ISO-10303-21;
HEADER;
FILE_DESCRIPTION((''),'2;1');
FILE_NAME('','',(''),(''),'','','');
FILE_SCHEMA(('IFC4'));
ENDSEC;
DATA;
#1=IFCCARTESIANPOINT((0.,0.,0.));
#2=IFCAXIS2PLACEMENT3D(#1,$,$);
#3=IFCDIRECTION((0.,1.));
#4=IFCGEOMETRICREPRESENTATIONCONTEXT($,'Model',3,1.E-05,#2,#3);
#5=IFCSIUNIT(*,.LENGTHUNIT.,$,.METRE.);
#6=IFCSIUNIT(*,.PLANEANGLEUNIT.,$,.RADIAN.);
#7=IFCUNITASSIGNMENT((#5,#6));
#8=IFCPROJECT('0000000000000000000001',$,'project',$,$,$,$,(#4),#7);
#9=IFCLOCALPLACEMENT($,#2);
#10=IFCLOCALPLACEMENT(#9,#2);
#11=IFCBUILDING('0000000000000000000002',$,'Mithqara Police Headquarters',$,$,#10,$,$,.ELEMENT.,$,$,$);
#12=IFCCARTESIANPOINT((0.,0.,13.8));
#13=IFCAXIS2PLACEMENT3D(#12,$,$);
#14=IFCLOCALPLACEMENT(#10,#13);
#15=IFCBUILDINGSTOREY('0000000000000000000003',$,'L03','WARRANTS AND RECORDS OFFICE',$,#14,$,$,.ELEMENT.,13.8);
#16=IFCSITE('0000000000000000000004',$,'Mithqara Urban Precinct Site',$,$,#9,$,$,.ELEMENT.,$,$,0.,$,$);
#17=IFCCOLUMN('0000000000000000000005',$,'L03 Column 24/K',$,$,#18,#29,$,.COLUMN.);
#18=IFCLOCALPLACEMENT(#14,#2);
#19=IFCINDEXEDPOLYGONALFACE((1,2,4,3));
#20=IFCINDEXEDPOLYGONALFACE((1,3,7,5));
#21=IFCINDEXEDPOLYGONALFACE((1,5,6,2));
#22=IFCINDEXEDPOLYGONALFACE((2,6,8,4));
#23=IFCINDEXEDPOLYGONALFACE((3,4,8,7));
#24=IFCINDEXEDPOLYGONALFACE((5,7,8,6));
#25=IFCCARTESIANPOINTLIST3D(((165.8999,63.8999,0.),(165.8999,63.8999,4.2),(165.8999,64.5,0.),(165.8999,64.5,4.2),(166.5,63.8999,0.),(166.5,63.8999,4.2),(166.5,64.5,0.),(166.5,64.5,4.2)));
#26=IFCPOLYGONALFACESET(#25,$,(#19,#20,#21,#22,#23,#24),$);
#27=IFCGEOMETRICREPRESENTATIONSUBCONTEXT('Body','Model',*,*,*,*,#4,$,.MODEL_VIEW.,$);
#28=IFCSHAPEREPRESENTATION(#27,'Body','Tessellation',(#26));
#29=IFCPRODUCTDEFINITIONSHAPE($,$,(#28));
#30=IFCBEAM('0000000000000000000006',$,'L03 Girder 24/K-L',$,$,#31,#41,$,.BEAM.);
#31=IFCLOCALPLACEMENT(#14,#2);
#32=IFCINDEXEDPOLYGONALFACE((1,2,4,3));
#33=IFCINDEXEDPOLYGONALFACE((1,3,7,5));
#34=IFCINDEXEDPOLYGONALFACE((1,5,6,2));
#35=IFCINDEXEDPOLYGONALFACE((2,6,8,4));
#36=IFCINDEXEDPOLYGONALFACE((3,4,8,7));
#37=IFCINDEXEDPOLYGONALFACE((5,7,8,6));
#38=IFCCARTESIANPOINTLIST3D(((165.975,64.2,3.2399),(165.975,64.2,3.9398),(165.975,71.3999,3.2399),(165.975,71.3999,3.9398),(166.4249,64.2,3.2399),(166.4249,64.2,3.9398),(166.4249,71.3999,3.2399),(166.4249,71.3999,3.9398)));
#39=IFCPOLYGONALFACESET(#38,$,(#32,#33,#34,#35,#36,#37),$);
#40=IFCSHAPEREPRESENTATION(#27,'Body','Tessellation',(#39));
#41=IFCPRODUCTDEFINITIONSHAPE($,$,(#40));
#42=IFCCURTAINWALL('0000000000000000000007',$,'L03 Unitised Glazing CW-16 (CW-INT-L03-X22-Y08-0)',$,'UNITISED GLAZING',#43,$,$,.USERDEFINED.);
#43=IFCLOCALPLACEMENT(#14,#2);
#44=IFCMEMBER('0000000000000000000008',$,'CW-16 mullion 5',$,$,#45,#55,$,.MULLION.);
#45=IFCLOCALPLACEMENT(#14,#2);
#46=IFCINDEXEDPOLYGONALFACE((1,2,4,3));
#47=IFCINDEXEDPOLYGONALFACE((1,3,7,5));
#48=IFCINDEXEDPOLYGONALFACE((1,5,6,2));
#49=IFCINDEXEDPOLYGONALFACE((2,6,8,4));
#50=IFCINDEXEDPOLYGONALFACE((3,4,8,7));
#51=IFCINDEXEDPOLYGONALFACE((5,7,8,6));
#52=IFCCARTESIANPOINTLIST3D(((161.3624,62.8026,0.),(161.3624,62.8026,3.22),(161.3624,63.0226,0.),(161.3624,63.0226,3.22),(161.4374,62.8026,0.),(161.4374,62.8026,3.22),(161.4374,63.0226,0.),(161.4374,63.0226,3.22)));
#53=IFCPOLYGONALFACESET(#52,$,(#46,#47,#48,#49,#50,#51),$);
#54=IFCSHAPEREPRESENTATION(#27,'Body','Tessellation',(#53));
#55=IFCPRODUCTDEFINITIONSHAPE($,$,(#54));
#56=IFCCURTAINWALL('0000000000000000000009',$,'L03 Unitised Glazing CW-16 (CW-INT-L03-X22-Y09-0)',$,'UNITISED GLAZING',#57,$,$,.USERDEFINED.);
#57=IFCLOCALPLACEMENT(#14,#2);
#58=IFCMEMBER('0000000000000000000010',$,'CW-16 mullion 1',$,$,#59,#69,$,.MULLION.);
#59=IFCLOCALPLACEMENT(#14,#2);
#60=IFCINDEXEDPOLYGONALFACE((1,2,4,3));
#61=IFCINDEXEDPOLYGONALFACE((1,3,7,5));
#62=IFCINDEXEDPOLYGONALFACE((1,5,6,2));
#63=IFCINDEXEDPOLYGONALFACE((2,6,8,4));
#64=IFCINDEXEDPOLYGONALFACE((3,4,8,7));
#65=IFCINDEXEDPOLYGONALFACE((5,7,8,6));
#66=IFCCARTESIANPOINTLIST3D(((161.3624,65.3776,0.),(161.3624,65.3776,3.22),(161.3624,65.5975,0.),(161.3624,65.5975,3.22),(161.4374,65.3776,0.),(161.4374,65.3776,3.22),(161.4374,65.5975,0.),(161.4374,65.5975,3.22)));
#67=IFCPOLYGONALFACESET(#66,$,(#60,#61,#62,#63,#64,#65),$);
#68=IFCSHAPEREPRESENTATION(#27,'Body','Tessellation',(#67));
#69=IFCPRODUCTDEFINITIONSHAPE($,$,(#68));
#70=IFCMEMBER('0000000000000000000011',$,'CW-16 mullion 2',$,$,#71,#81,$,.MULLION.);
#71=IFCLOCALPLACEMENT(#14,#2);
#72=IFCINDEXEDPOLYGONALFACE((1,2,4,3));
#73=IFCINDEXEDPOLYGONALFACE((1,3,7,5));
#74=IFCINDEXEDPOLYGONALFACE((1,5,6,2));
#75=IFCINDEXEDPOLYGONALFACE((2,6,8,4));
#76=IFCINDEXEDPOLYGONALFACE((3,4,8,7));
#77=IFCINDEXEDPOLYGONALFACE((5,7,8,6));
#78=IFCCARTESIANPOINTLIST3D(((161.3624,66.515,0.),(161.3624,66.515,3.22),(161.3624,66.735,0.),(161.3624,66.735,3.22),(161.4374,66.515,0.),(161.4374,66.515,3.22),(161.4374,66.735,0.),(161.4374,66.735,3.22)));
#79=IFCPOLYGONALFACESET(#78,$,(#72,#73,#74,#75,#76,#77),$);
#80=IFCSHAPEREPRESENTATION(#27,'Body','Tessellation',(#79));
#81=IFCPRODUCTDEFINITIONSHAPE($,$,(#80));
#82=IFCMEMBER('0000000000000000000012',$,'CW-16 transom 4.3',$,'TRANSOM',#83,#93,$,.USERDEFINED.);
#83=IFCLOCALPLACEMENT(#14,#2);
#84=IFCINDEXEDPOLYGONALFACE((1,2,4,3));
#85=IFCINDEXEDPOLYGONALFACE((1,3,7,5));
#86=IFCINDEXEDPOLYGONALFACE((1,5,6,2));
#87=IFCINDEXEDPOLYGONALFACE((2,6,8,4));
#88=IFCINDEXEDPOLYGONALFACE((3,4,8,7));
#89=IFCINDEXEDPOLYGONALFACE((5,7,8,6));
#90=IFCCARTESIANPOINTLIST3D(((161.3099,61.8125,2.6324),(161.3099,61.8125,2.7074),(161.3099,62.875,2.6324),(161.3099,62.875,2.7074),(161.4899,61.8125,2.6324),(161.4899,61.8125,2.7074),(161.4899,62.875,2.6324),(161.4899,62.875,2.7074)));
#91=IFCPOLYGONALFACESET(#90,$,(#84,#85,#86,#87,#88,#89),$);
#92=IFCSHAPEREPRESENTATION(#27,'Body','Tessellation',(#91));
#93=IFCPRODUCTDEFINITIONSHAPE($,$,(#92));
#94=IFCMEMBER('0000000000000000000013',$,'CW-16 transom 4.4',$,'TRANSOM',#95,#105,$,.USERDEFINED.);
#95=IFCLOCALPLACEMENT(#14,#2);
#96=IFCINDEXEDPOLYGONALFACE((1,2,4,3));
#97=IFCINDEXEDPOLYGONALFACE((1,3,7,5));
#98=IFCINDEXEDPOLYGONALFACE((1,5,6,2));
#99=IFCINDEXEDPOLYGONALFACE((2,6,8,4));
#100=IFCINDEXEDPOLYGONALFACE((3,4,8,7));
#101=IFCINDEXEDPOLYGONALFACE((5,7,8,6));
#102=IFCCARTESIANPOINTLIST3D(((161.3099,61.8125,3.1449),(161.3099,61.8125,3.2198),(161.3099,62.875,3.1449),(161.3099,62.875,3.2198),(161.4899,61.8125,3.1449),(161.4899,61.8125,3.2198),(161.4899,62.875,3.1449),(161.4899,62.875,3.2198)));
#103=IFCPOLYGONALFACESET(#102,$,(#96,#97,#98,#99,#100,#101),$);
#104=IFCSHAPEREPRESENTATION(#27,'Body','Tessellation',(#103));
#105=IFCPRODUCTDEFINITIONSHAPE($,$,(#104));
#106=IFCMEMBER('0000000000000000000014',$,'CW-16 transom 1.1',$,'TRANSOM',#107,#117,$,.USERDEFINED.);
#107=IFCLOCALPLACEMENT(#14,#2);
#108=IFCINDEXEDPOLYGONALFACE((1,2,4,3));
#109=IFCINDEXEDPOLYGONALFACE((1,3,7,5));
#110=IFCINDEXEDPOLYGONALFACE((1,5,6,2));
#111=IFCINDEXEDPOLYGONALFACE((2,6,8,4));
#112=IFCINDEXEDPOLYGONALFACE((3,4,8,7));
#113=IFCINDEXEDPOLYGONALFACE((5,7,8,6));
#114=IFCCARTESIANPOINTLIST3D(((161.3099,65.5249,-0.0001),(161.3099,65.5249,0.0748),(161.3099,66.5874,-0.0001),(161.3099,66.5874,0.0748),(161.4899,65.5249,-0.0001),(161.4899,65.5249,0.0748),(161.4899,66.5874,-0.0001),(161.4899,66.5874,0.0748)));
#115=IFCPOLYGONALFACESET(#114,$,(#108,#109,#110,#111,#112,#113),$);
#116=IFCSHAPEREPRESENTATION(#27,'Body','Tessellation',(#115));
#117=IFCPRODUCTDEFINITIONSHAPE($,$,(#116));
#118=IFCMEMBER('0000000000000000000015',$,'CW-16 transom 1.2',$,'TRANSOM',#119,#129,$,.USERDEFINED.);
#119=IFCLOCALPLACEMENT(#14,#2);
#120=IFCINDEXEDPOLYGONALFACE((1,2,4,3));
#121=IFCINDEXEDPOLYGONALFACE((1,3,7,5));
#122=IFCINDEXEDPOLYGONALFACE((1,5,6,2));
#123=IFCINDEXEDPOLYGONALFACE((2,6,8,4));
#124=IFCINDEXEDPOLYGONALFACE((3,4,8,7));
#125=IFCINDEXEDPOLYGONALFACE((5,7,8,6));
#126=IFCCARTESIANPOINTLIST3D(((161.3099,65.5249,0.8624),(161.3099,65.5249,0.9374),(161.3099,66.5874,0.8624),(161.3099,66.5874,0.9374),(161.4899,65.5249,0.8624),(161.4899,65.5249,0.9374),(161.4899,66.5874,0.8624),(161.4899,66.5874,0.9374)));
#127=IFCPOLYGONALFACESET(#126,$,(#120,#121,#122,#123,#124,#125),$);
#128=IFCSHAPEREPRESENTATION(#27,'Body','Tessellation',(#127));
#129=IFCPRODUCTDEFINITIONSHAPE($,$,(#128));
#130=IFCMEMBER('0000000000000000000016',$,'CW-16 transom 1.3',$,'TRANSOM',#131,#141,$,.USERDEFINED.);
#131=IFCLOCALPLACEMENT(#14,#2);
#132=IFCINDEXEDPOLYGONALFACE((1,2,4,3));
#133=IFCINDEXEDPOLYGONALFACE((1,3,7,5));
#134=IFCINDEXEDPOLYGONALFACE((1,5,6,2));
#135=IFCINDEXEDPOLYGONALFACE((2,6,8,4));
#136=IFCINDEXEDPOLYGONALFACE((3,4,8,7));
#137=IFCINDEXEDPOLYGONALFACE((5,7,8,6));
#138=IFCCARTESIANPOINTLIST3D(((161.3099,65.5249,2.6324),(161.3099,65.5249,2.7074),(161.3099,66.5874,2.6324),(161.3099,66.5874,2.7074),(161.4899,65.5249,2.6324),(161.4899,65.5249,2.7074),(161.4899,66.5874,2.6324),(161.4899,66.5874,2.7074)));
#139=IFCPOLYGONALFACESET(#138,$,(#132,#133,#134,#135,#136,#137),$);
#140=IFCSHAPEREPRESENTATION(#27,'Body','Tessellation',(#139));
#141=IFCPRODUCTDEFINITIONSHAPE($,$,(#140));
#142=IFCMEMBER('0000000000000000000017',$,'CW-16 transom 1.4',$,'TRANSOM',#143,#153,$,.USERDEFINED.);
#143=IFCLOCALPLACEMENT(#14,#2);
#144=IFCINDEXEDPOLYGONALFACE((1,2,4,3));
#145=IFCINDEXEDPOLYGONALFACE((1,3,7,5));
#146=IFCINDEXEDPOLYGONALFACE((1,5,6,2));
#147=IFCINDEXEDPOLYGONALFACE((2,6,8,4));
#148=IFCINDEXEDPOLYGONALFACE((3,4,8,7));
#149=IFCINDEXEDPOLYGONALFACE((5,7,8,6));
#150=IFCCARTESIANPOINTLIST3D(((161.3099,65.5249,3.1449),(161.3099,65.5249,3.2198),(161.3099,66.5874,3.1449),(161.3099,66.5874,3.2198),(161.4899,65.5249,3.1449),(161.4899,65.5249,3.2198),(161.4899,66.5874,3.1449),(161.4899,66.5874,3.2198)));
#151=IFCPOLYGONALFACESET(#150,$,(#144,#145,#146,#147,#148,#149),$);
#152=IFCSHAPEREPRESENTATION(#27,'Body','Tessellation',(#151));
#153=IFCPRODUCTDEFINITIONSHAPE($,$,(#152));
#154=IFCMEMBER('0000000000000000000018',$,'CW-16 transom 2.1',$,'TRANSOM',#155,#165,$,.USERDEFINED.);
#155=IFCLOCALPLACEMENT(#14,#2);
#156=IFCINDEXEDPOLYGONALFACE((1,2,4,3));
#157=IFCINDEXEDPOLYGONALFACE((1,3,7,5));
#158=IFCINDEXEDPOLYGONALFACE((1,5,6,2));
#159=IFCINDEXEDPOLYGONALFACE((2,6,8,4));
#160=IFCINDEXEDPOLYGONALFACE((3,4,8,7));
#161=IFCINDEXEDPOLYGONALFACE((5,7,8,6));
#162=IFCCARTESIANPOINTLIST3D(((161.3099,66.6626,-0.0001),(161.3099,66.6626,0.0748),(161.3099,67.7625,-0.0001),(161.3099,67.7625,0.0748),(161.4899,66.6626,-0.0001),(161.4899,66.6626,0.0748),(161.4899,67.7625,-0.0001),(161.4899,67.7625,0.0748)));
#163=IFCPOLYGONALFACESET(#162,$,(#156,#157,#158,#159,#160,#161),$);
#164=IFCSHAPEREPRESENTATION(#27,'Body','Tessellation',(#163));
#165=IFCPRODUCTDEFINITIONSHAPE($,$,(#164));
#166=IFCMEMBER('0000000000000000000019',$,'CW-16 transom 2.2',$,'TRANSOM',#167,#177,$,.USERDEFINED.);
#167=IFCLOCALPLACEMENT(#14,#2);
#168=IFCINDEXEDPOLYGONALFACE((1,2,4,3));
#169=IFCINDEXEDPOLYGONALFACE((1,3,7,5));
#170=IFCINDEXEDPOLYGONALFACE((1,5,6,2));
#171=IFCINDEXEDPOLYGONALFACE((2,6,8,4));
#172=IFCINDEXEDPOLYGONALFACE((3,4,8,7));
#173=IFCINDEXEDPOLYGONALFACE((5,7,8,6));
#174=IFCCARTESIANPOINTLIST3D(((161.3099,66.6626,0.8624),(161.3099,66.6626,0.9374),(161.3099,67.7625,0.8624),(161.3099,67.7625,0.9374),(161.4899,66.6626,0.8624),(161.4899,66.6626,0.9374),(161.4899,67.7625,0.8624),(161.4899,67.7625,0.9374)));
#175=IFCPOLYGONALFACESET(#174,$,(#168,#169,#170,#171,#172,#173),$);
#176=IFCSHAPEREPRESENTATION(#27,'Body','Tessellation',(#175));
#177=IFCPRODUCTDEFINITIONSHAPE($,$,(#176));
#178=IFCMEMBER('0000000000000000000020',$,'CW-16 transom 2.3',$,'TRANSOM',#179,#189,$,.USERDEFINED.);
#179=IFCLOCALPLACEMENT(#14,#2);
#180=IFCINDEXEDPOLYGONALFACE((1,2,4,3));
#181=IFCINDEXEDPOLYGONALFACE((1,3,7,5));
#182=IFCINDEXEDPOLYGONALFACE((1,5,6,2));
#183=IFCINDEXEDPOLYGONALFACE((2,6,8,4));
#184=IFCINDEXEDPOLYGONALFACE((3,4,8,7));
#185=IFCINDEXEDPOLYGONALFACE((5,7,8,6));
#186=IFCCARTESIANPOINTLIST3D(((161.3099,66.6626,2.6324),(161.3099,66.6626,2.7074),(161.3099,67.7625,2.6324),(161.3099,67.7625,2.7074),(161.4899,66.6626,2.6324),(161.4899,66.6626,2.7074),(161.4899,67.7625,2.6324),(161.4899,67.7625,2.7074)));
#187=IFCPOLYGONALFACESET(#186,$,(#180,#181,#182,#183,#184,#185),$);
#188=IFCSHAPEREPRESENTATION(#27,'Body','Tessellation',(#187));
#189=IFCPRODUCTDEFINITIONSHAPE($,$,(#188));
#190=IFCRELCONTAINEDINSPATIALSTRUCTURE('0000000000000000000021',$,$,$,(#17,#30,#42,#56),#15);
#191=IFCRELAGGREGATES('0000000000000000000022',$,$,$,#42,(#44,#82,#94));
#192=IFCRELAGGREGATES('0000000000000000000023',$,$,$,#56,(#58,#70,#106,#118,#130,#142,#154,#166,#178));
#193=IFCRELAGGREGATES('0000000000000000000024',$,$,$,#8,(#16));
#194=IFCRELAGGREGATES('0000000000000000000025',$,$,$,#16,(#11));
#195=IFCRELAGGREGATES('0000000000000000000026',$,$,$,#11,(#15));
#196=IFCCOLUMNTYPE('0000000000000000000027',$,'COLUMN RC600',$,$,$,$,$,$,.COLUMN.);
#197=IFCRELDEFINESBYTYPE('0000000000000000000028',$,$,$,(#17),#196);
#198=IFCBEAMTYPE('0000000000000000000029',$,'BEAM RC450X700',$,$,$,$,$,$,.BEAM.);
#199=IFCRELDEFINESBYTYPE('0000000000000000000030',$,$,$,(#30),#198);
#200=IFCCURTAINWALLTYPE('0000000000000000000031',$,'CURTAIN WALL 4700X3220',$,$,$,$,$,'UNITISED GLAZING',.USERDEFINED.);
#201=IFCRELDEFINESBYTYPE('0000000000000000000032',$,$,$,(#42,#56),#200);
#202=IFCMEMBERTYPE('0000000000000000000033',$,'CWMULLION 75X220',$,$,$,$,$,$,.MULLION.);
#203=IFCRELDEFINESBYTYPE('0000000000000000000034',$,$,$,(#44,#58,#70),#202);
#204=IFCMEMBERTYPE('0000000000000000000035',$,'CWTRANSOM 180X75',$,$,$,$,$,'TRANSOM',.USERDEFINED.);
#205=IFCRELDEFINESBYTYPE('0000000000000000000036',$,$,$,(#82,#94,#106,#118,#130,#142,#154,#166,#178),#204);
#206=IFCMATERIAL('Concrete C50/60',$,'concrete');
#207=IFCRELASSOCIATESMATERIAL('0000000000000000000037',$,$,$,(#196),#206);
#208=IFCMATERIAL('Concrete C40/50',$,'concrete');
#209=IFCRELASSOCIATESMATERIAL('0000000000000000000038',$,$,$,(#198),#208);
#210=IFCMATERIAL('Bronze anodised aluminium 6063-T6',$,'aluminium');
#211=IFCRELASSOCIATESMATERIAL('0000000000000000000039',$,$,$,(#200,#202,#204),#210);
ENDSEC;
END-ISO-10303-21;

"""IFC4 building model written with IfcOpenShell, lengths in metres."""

from ifc_helpers import new_model, si_unit, direction, frame, origin, origin_2d, place, context, subcontext, project, spatial, rectangle, extrude, material, material_profile, profile_set, type_object, element, aggregate, save


model = new_model("IFC4")

# Units and contexts
model_context = context("Model", 3, precision=1e-05, world=origin(), true_north=direction((0.0, 1.0)))
body_context = subcontext(model_context, "Body", "Model", "MODEL_VIEW")
ifc_project = project(units=[si_unit("LENGTHUNIT", "METRE"), si_unit("PLANEANGLEUNIT", "RADIAN")], contexts=[model_context])

# Site, building, storey
site_placement = place(None, origin())
site = spatial("IfcSite", under=ifc_project, at=site_placement, Name="Mithqara Urban Precinct Site", CompositionType="ELEMENT", RefElevation=0.0)
building_placement = place(site_placement, origin())
building = spatial("IfcBuilding", under=site, at=building_placement, Name="Mithqara Police Headquarters", CompositionType="ELEMENT")
storey_placement = place(building_placement, frame((0.0, 0.0, 13.8)))
storey = spatial("IfcBuildingStorey", under=building, at=storey_placement, Name="L03", Description="WARRANTS AND RECORDS OFFICE", CompositionType="ELEMENT", Elevation=13.8)

# Column
ifc_material_1 = material(Name="Concrete C50/60", Category="concrete")
ifc_material_profile_1 = material_profile(ifc_material_1, rectangle(XDim=0.6001, YDim=0.6001, at=origin_2d()), Name="RC 600x600")
ifc_profile_set_1 = profile_set([ifc_material_profile_1], Name="Concrete C50/60")
column_type = type_object("IfcColumnType", Name="COLUMN RC600", PredefinedType="COLUMN", material=ifc_profile_set_1)
column_placement = place(storey_placement, frame((166.2, 64.2, 0.0), z_axis=(0.0, 0.0, 1.0), x_axis=(1.0, 0.0, 0.0)))
element("IfcColumn", 1, at=column_placement, inside=storey, type_object=column_type, Name="L03 Column 24/K", PredefinedType="COLUMN", context=body_context, shape_type="SweptSolid", body=[
    extrude(rectangle(XDim=0.6001, YDim=0.6001, at=origin_2d()), origin(), (0.0, 0.0, 1.0), 4.2),
])

# Beam
ifc_material_2 = material(Name="Concrete C40/50", Category="concrete")
ifc_material_profile_2 = material_profile(ifc_material_2, rectangle(XDim=0.45, YDim=0.7, at=origin_2d()), Name="RC 450x700")
ifc_profile_set_2 = profile_set([ifc_material_profile_2], Name="Concrete C40/50")
beam_type = type_object("IfcBeamType", Name="BEAM RC450X700", PredefinedType="BEAM", material=ifc_profile_set_2)
beam_placement = place(storey_placement, frame((166.2, 64.2, 3.5898), z_axis=(0.0, 1.0, 0.0), x_axis=(-1.0, 0.0, 0.0)))
element("IfcBeam", 2, at=beam_placement, inside=storey, type_object=beam_type, Name="L03 Girder 24/K-L", PredefinedType="BEAM", context=body_context, shape_type="SweptSolid", body=[
    extrude(rectangle(XDim=0.45, YDim=0.7, at=origin_2d()), origin(), (0.0, 0.0, 1.0), 7.2),
])

# Curtain wall, member
ifc_material_3 = material(Name="Bronze anodised aluminium 6063-T6", Category="aluminium")
curtain_wall_type = type_object("IfcCurtainWallType", Name="CURTAIN WALL 4700X3220", ElementType="UNITISED GLAZING", PredefinedType="USERDEFINED", material=ifc_material_3)
curtain_wall_1_placement = place(storey_placement, origin())
curtain_wall_1 = element("IfcCurtainWall", 3, at=curtain_wall_1_placement, inside=storey, type_object=curtain_wall_type, Name="L03 Unitised Glazing CW-16 (CW-INT-L03-X22-Y08-0)", ObjectType="UNITISED GLAZING", PredefinedType="USERDEFINED")
ifc_material_profile_3 = material_profile(ifc_material_3, rectangle(XDim=0.075, YDim=0.22, at=origin_2d()), Name="CWM 75x220")
ifc_profile_set_3 = profile_set([ifc_material_profile_3], Name="Bronze anodised aluminium 6063-T6")
member_type_1 = type_object("IfcMemberType", Name="CWMULLION 75X220", PredefinedType="MULLION", material=ifc_profile_set_3)
member_1_placement = place(storey_placement, frame((161.3999, 62.9126, 0.0), z_axis=(0.0, 0.0, 1.0), x_axis=(-1.0, 0.0, 0.0)))
member_1 = element("IfcMember", 4, at=member_1_placement, type_object=member_type_1, Name="CW-16 mullion 5", PredefinedType="MULLION", context=body_context, shape_type="SweptSolid", body=[
    extrude(rectangle(XDim=0.075, YDim=0.22, at=origin_2d()), origin(), (0.0, 0.0, 1.0), 3.22),
])

# Curtain wall, members
curtain_wall_2_placement = place(storey_placement, origin())
curtain_wall_2 = element("IfcCurtainWall", 5, at=curtain_wall_2_placement, inside=storey, type_object=curtain_wall_type, Name="L03 Unitised Glazing CW-16 (CW-INT-L03-X22-Y09-0)", ObjectType="UNITISED GLAZING", PredefinedType="USERDEFINED")
member_2_placement = place(storey_placement, frame((161.3999, 65.4875, 0.0), z_axis=(0.0, 0.0, 1.0), x_axis=(-1.0, 0.0, 0.0)))
member_2 = element("IfcMember", 6, at=member_2_placement, type_object=member_type_1, Name="CW-16 mullion 1", PredefinedType="MULLION", context=body_context, shape_type="SweptSolid", body=[
    extrude(rectangle(XDim=0.075, YDim=0.22, at=origin_2d()), origin(), (0.0, 0.0, 1.0), 3.22),
])
member_3_placement = place(storey_placement, frame((161.3999, 66.625, 0.0), z_axis=(0.0, 0.0, 1.0), x_axis=(-1.0, 0.0, 0.0)))
member_3 = element("IfcMember", 7, at=member_3_placement, type_object=member_type_1, Name="CW-16 mullion 2", PredefinedType="MULLION", context=body_context, shape_type="SweptSolid", body=[
    extrude(rectangle(XDim=0.075, YDim=0.22, at=origin_2d()), origin(), (0.0, 0.0, 1.0), 3.22),
])

# Members
ifc_material_profile_4 = material_profile(ifc_material_3, rectangle(XDim=0.1799, YDim=0.075, at=origin_2d()), Name="CWT 180x75")
ifc_profile_set_4 = profile_set([ifc_material_profile_4], Name="Bronze anodised aluminium 6063-T6")
member_type_2 = type_object("IfcMemberType", Name="CWTRANSOM 180X75", ElementType="TRANSOM", PredefinedType="USERDEFINED", material=ifc_profile_set_4)
member_4_placement = place(storey_placement, frame((161.3999, 61.8125, 2.6699), z_axis=(0.0, 1.0, 0.0), x_axis=(-1.0, 0.0, 0.0)))
member_4 = element("IfcMember", 8, at=member_4_placement, type_object=member_type_2, Name="CW-16 transom 4.3", ObjectType="TRANSOM", PredefinedType="USERDEFINED", context=body_context, shape_type="SweptSolid", body=[
    extrude(rectangle(XDim=0.1799, YDim=0.075, at=origin_2d()), origin(), (0.0, 0.0, 1.0), 1.0625),
])
member_5_placement = place(storey_placement, frame((161.3999, 61.8125, 3.1824), z_axis=(0.0, 1.0, 0.0), x_axis=(-1.0, 0.0, 0.0)))
member_5 = element("IfcMember", 9, at=member_5_placement, type_object=member_type_2, Name="CW-16 transom 4.4", ObjectType="TRANSOM", PredefinedType="USERDEFINED", context=body_context, shape_type="SweptSolid", body=[
    extrude(rectangle(XDim=0.1799, YDim=0.075, at=origin_2d()), origin(), (0.0, 0.0, 1.0), 1.0625),
])
member_6_placement = place(storey_placement, frame((161.3999, 65.5249, 0.0374), z_axis=(0.0, 1.0, 0.0), x_axis=(-1.0, 0.0, 0.0)))
member_6 = element("IfcMember", 10, at=member_6_placement, type_object=member_type_2, Name="CW-16 transom 1.1", ObjectType="TRANSOM", PredefinedType="USERDEFINED", context=body_context, shape_type="SweptSolid", body=[
    extrude(rectangle(XDim=0.1799, YDim=0.075, at=origin_2d()), origin(), (0.0, 0.0, 1.0), 1.0625),
])
member_7_placement = place(storey_placement, frame((161.3999, 65.5249, 0.8999), z_axis=(0.0, 1.0, 0.0), x_axis=(-1.0, 0.0, 0.0)))
member_7 = element("IfcMember", 11, at=member_7_placement, type_object=member_type_2, Name="CW-16 transom 1.2", ObjectType="TRANSOM", PredefinedType="USERDEFINED", context=body_context, shape_type="SweptSolid", body=[
    extrude(rectangle(XDim=0.1799, YDim=0.075, at=origin_2d()), origin(), (0.0, 0.0, 1.0), 1.0625),
])
member_8_placement = place(storey_placement, frame((161.3999, 65.5249, 2.6699), z_axis=(0.0, 1.0, 0.0), x_axis=(-1.0, 0.0, 0.0)))
member_8 = element("IfcMember", 12, at=member_8_placement, type_object=member_type_2, Name="CW-16 transom 1.3", ObjectType="TRANSOM", PredefinedType="USERDEFINED", context=body_context, shape_type="SweptSolid", body=[
    extrude(rectangle(XDim=0.1799, YDim=0.075, at=origin_2d()), origin(), (0.0, 0.0, 1.0), 1.0625),
])
member_9_placement = place(storey_placement, frame((161.3999, 65.5249, 3.1824), z_axis=(0.0, 1.0, 0.0), x_axis=(-1.0, 0.0, 0.0)))
member_9 = element("IfcMember", 13, at=member_9_placement, type_object=member_type_2, Name="CW-16 transom 1.4", ObjectType="TRANSOM", PredefinedType="USERDEFINED", context=body_context, shape_type="SweptSolid", body=[
    extrude(rectangle(XDim=0.1799, YDim=0.075, at=origin_2d()), origin(), (0.0, 0.0, 1.0), 1.0625),
])
member_10_placement = place(storey_placement, frame((161.3999, 66.6626, 0.0374), z_axis=(0.0, 1.0, 0.0), x_axis=(-1.0, 0.0, 0.0)))
member_10 = element("IfcMember", 14, at=member_10_placement, type_object=member_type_2, Name="CW-16 transom 2.1", ObjectType="TRANSOM", PredefinedType="USERDEFINED", context=body_context, shape_type="SweptSolid", body=[
    extrude(rectangle(XDim=0.1799, YDim=0.075, at=origin_2d()), origin(), (0.0, 0.0, 1.0), 1.0999),
])
member_11_placement = place(storey_placement, frame((161.3999, 66.6626, 0.8999), z_axis=(0.0, 1.0, 0.0), x_axis=(-1.0, 0.0, 0.0)))
member_11 = element("IfcMember", 15, at=member_11_placement, type_object=member_type_2, Name="CW-16 transom 2.2", ObjectType="TRANSOM", PredefinedType="USERDEFINED", context=body_context, shape_type="SweptSolid", body=[
    extrude(rectangle(XDim=0.1799, YDim=0.075, at=origin_2d()), origin(), (0.0, 0.0, 1.0), 1.0999),
])
member_12_placement = place(storey_placement, frame((161.3999, 66.6626, 2.6699), z_axis=(0.0, 1.0, 0.0), x_axis=(-1.0, 0.0, 0.0)))
member_12 = element("IfcMember", 16, at=member_12_placement, type_object=member_type_2, Name="CW-16 transom 2.3", ObjectType="TRANSOM", PredefinedType="USERDEFINED", context=body_context, shape_type="SweptSolid", body=[
    extrude(rectangle(XDim=0.1799, YDim=0.075, at=origin_2d()), origin(), (0.0, 0.0, 1.0), 1.0999),
])

aggregate(curtain_wall_1, [member_1, member_4, member_5])
aggregate(curtain_wall_2, [member_2, member_3, member_6, member_7, member_8, member_9, member_10, member_11, member_12])

save(model, "model.ifc")
